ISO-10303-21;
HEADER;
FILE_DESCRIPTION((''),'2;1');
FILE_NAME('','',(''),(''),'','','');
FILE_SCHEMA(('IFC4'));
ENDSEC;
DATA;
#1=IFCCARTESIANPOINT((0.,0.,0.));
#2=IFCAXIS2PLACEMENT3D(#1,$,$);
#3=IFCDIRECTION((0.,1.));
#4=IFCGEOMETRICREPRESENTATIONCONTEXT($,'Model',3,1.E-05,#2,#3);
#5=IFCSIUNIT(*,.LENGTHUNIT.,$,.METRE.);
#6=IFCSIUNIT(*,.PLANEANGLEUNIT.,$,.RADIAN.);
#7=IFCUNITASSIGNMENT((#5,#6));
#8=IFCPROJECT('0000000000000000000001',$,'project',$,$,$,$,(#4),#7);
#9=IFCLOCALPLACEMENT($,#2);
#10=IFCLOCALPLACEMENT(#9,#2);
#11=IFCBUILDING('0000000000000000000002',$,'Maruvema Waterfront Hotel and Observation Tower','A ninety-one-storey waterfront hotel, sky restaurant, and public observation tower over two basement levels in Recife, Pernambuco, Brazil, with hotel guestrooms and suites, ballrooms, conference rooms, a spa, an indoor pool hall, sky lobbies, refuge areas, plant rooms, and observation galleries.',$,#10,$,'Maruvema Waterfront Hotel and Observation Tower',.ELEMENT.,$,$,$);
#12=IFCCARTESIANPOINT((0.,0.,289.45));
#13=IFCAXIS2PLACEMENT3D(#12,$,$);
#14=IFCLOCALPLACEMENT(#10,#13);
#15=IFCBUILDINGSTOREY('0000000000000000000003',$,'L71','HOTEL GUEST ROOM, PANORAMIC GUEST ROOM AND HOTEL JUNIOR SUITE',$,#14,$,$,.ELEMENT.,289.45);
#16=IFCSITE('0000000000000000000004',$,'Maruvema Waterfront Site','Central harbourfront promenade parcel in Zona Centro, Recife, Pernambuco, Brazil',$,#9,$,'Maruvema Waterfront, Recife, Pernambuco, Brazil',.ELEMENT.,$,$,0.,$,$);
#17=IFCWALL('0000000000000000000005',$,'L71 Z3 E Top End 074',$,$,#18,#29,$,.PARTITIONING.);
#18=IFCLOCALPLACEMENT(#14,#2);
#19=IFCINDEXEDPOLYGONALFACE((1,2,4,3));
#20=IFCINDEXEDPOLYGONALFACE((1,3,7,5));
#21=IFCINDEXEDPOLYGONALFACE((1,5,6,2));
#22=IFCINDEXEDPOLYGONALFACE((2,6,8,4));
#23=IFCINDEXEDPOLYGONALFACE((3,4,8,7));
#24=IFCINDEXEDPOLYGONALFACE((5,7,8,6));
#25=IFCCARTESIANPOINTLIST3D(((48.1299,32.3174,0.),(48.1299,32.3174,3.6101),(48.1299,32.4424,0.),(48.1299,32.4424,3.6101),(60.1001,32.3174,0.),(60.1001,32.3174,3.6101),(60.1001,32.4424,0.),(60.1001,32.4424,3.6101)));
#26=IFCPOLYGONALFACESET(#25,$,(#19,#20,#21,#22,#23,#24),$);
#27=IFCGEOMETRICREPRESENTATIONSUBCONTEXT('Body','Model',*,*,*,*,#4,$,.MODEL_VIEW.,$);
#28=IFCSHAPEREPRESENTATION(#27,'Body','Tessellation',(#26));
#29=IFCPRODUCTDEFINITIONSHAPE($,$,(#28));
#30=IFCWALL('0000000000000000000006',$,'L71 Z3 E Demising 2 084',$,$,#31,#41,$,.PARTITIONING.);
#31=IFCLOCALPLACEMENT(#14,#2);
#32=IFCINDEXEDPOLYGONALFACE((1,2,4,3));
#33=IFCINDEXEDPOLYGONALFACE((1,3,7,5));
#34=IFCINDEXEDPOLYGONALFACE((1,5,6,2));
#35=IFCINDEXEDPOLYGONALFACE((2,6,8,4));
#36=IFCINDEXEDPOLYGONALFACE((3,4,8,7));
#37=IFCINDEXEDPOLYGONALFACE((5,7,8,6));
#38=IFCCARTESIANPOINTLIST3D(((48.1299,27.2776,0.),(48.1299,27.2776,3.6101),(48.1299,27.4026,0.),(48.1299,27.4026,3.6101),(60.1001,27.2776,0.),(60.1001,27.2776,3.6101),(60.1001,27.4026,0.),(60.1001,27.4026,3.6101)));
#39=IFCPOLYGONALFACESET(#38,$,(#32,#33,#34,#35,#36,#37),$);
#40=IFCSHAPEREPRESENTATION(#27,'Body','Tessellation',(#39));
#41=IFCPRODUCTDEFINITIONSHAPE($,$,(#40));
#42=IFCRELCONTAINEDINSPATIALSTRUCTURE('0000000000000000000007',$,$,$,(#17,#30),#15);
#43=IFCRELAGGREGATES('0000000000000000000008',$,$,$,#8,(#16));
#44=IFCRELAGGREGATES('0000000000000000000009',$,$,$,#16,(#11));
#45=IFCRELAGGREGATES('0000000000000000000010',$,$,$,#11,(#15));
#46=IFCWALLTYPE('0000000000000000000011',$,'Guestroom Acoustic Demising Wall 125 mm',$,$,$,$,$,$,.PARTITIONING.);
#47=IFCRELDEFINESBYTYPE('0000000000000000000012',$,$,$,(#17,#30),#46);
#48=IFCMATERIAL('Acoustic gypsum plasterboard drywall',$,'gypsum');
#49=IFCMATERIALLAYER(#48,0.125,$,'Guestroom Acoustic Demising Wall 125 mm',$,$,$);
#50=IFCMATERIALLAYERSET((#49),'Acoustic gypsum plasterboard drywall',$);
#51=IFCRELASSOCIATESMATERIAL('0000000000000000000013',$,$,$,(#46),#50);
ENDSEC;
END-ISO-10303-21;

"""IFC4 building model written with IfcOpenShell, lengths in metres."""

from ifc_helpers import new_model, si_unit, direction, frame, frame_2d, origin, place, context, subcontext, project, spatial, rectangle, extrude, material, layer, layer_set, type_object, element, save


model = new_model("IFC4")

# Units and contexts
model_context = context("Model", 3, precision=1e-05, world=origin(), true_north=direction((0.0, 1.0)))
body_context = subcontext(model_context, "Body", "Model", "MODEL_VIEW")
ifc_project = project(units=[si_unit("LENGTHUNIT", "METRE"), si_unit("PLANEANGLEUNIT", "RADIAN")], contexts=[model_context])

# Site, building, storey
site_placement = place(None, origin())
site = spatial("IfcSite", under=ifc_project, at=site_placement, Name="Maruvema Waterfront Site", Description="Central harbourfront promenade parcel in Zona Centro, Recife, Pernambuco, Brazil", LongName="Maruvema Waterfront, Recife, Pernambuco, Brazil", CompositionType="ELEMENT", RefElevation=0.0)
building_placement = place(site_placement, origin())
building = spatial("IfcBuilding", under=site, at=building_placement, Name="Maruvema Waterfront Hotel and Observation Tower", Description="A ninety-one-storey waterfront hotel, sky restaurant, and public observation tower over two basement levels in Recife, Pernambuco, Brazil, with hotel guestrooms and suites, ballrooms, conference rooms, a spa, an indoor pool hall, sky lobbies, refuge areas, plant rooms, and observation galleries.", LongName="Maruvema Waterfront Hotel and Observation Tower", CompositionType="ELEMENT")
storey_placement = place(building_placement, frame((0.0, 0.0, 289.45)))
storey = spatial("IfcBuildingStorey", under=building, at=storey_placement, Name="L71", Description="HOTEL GUEST ROOM, PANORAMIC GUEST ROOM AND HOTEL JUNIOR SUITE", CompositionType="ELEMENT", Elevation=289.45)

# Walls
ifc_material_1 = material(Name="Acoustic gypsum plasterboard drywall", Category="gypsum")
ifc_layer_1 = layer(ifc_material_1, 0.125, Name="Guestroom Acoustic Demising Wall 125 mm")
ifc_layer_set_1 = layer_set([ifc_layer_1], Name="Acoustic gypsum plasterboard drywall")
wall_type_1 = type_object("IfcWallType", Name="Guestroom Acoustic Demising Wall 125 mm", PredefinedType="PARTITIONING", material=ifc_layer_set_1)
for number, where, z_axis, x_axis, name in (
    (1, (48.1299, 32.3799, 0.0), (0.0, 0.0, 1.0), (1.0, 0.0, 0.0), "L71 Z3 E Top End 074"),
    (2, (48.1299, 27.3401, 0.0), (0.0, 0.0, 1.0), (1.0, 0.0, 0.0), "L71 Z3 E Demising 2 084"),
):
    element("IfcWall", number, at=place(storey_placement, frame(where, z_axis=z_axis, x_axis=x_axis)), inside=storey, type_object=wall_type_1, Name=name, PredefinedType="PARTITIONING", context=body_context, shape_type="SweptSolid", body=[
        extrude(rectangle(XDim=11.9702, YDim=0.125, at=frame_2d((5.9851, 0.0))), origin(), (0.0, 0.0, 1.0), 3.6101),
    ])

save(model, "model.ifc")
